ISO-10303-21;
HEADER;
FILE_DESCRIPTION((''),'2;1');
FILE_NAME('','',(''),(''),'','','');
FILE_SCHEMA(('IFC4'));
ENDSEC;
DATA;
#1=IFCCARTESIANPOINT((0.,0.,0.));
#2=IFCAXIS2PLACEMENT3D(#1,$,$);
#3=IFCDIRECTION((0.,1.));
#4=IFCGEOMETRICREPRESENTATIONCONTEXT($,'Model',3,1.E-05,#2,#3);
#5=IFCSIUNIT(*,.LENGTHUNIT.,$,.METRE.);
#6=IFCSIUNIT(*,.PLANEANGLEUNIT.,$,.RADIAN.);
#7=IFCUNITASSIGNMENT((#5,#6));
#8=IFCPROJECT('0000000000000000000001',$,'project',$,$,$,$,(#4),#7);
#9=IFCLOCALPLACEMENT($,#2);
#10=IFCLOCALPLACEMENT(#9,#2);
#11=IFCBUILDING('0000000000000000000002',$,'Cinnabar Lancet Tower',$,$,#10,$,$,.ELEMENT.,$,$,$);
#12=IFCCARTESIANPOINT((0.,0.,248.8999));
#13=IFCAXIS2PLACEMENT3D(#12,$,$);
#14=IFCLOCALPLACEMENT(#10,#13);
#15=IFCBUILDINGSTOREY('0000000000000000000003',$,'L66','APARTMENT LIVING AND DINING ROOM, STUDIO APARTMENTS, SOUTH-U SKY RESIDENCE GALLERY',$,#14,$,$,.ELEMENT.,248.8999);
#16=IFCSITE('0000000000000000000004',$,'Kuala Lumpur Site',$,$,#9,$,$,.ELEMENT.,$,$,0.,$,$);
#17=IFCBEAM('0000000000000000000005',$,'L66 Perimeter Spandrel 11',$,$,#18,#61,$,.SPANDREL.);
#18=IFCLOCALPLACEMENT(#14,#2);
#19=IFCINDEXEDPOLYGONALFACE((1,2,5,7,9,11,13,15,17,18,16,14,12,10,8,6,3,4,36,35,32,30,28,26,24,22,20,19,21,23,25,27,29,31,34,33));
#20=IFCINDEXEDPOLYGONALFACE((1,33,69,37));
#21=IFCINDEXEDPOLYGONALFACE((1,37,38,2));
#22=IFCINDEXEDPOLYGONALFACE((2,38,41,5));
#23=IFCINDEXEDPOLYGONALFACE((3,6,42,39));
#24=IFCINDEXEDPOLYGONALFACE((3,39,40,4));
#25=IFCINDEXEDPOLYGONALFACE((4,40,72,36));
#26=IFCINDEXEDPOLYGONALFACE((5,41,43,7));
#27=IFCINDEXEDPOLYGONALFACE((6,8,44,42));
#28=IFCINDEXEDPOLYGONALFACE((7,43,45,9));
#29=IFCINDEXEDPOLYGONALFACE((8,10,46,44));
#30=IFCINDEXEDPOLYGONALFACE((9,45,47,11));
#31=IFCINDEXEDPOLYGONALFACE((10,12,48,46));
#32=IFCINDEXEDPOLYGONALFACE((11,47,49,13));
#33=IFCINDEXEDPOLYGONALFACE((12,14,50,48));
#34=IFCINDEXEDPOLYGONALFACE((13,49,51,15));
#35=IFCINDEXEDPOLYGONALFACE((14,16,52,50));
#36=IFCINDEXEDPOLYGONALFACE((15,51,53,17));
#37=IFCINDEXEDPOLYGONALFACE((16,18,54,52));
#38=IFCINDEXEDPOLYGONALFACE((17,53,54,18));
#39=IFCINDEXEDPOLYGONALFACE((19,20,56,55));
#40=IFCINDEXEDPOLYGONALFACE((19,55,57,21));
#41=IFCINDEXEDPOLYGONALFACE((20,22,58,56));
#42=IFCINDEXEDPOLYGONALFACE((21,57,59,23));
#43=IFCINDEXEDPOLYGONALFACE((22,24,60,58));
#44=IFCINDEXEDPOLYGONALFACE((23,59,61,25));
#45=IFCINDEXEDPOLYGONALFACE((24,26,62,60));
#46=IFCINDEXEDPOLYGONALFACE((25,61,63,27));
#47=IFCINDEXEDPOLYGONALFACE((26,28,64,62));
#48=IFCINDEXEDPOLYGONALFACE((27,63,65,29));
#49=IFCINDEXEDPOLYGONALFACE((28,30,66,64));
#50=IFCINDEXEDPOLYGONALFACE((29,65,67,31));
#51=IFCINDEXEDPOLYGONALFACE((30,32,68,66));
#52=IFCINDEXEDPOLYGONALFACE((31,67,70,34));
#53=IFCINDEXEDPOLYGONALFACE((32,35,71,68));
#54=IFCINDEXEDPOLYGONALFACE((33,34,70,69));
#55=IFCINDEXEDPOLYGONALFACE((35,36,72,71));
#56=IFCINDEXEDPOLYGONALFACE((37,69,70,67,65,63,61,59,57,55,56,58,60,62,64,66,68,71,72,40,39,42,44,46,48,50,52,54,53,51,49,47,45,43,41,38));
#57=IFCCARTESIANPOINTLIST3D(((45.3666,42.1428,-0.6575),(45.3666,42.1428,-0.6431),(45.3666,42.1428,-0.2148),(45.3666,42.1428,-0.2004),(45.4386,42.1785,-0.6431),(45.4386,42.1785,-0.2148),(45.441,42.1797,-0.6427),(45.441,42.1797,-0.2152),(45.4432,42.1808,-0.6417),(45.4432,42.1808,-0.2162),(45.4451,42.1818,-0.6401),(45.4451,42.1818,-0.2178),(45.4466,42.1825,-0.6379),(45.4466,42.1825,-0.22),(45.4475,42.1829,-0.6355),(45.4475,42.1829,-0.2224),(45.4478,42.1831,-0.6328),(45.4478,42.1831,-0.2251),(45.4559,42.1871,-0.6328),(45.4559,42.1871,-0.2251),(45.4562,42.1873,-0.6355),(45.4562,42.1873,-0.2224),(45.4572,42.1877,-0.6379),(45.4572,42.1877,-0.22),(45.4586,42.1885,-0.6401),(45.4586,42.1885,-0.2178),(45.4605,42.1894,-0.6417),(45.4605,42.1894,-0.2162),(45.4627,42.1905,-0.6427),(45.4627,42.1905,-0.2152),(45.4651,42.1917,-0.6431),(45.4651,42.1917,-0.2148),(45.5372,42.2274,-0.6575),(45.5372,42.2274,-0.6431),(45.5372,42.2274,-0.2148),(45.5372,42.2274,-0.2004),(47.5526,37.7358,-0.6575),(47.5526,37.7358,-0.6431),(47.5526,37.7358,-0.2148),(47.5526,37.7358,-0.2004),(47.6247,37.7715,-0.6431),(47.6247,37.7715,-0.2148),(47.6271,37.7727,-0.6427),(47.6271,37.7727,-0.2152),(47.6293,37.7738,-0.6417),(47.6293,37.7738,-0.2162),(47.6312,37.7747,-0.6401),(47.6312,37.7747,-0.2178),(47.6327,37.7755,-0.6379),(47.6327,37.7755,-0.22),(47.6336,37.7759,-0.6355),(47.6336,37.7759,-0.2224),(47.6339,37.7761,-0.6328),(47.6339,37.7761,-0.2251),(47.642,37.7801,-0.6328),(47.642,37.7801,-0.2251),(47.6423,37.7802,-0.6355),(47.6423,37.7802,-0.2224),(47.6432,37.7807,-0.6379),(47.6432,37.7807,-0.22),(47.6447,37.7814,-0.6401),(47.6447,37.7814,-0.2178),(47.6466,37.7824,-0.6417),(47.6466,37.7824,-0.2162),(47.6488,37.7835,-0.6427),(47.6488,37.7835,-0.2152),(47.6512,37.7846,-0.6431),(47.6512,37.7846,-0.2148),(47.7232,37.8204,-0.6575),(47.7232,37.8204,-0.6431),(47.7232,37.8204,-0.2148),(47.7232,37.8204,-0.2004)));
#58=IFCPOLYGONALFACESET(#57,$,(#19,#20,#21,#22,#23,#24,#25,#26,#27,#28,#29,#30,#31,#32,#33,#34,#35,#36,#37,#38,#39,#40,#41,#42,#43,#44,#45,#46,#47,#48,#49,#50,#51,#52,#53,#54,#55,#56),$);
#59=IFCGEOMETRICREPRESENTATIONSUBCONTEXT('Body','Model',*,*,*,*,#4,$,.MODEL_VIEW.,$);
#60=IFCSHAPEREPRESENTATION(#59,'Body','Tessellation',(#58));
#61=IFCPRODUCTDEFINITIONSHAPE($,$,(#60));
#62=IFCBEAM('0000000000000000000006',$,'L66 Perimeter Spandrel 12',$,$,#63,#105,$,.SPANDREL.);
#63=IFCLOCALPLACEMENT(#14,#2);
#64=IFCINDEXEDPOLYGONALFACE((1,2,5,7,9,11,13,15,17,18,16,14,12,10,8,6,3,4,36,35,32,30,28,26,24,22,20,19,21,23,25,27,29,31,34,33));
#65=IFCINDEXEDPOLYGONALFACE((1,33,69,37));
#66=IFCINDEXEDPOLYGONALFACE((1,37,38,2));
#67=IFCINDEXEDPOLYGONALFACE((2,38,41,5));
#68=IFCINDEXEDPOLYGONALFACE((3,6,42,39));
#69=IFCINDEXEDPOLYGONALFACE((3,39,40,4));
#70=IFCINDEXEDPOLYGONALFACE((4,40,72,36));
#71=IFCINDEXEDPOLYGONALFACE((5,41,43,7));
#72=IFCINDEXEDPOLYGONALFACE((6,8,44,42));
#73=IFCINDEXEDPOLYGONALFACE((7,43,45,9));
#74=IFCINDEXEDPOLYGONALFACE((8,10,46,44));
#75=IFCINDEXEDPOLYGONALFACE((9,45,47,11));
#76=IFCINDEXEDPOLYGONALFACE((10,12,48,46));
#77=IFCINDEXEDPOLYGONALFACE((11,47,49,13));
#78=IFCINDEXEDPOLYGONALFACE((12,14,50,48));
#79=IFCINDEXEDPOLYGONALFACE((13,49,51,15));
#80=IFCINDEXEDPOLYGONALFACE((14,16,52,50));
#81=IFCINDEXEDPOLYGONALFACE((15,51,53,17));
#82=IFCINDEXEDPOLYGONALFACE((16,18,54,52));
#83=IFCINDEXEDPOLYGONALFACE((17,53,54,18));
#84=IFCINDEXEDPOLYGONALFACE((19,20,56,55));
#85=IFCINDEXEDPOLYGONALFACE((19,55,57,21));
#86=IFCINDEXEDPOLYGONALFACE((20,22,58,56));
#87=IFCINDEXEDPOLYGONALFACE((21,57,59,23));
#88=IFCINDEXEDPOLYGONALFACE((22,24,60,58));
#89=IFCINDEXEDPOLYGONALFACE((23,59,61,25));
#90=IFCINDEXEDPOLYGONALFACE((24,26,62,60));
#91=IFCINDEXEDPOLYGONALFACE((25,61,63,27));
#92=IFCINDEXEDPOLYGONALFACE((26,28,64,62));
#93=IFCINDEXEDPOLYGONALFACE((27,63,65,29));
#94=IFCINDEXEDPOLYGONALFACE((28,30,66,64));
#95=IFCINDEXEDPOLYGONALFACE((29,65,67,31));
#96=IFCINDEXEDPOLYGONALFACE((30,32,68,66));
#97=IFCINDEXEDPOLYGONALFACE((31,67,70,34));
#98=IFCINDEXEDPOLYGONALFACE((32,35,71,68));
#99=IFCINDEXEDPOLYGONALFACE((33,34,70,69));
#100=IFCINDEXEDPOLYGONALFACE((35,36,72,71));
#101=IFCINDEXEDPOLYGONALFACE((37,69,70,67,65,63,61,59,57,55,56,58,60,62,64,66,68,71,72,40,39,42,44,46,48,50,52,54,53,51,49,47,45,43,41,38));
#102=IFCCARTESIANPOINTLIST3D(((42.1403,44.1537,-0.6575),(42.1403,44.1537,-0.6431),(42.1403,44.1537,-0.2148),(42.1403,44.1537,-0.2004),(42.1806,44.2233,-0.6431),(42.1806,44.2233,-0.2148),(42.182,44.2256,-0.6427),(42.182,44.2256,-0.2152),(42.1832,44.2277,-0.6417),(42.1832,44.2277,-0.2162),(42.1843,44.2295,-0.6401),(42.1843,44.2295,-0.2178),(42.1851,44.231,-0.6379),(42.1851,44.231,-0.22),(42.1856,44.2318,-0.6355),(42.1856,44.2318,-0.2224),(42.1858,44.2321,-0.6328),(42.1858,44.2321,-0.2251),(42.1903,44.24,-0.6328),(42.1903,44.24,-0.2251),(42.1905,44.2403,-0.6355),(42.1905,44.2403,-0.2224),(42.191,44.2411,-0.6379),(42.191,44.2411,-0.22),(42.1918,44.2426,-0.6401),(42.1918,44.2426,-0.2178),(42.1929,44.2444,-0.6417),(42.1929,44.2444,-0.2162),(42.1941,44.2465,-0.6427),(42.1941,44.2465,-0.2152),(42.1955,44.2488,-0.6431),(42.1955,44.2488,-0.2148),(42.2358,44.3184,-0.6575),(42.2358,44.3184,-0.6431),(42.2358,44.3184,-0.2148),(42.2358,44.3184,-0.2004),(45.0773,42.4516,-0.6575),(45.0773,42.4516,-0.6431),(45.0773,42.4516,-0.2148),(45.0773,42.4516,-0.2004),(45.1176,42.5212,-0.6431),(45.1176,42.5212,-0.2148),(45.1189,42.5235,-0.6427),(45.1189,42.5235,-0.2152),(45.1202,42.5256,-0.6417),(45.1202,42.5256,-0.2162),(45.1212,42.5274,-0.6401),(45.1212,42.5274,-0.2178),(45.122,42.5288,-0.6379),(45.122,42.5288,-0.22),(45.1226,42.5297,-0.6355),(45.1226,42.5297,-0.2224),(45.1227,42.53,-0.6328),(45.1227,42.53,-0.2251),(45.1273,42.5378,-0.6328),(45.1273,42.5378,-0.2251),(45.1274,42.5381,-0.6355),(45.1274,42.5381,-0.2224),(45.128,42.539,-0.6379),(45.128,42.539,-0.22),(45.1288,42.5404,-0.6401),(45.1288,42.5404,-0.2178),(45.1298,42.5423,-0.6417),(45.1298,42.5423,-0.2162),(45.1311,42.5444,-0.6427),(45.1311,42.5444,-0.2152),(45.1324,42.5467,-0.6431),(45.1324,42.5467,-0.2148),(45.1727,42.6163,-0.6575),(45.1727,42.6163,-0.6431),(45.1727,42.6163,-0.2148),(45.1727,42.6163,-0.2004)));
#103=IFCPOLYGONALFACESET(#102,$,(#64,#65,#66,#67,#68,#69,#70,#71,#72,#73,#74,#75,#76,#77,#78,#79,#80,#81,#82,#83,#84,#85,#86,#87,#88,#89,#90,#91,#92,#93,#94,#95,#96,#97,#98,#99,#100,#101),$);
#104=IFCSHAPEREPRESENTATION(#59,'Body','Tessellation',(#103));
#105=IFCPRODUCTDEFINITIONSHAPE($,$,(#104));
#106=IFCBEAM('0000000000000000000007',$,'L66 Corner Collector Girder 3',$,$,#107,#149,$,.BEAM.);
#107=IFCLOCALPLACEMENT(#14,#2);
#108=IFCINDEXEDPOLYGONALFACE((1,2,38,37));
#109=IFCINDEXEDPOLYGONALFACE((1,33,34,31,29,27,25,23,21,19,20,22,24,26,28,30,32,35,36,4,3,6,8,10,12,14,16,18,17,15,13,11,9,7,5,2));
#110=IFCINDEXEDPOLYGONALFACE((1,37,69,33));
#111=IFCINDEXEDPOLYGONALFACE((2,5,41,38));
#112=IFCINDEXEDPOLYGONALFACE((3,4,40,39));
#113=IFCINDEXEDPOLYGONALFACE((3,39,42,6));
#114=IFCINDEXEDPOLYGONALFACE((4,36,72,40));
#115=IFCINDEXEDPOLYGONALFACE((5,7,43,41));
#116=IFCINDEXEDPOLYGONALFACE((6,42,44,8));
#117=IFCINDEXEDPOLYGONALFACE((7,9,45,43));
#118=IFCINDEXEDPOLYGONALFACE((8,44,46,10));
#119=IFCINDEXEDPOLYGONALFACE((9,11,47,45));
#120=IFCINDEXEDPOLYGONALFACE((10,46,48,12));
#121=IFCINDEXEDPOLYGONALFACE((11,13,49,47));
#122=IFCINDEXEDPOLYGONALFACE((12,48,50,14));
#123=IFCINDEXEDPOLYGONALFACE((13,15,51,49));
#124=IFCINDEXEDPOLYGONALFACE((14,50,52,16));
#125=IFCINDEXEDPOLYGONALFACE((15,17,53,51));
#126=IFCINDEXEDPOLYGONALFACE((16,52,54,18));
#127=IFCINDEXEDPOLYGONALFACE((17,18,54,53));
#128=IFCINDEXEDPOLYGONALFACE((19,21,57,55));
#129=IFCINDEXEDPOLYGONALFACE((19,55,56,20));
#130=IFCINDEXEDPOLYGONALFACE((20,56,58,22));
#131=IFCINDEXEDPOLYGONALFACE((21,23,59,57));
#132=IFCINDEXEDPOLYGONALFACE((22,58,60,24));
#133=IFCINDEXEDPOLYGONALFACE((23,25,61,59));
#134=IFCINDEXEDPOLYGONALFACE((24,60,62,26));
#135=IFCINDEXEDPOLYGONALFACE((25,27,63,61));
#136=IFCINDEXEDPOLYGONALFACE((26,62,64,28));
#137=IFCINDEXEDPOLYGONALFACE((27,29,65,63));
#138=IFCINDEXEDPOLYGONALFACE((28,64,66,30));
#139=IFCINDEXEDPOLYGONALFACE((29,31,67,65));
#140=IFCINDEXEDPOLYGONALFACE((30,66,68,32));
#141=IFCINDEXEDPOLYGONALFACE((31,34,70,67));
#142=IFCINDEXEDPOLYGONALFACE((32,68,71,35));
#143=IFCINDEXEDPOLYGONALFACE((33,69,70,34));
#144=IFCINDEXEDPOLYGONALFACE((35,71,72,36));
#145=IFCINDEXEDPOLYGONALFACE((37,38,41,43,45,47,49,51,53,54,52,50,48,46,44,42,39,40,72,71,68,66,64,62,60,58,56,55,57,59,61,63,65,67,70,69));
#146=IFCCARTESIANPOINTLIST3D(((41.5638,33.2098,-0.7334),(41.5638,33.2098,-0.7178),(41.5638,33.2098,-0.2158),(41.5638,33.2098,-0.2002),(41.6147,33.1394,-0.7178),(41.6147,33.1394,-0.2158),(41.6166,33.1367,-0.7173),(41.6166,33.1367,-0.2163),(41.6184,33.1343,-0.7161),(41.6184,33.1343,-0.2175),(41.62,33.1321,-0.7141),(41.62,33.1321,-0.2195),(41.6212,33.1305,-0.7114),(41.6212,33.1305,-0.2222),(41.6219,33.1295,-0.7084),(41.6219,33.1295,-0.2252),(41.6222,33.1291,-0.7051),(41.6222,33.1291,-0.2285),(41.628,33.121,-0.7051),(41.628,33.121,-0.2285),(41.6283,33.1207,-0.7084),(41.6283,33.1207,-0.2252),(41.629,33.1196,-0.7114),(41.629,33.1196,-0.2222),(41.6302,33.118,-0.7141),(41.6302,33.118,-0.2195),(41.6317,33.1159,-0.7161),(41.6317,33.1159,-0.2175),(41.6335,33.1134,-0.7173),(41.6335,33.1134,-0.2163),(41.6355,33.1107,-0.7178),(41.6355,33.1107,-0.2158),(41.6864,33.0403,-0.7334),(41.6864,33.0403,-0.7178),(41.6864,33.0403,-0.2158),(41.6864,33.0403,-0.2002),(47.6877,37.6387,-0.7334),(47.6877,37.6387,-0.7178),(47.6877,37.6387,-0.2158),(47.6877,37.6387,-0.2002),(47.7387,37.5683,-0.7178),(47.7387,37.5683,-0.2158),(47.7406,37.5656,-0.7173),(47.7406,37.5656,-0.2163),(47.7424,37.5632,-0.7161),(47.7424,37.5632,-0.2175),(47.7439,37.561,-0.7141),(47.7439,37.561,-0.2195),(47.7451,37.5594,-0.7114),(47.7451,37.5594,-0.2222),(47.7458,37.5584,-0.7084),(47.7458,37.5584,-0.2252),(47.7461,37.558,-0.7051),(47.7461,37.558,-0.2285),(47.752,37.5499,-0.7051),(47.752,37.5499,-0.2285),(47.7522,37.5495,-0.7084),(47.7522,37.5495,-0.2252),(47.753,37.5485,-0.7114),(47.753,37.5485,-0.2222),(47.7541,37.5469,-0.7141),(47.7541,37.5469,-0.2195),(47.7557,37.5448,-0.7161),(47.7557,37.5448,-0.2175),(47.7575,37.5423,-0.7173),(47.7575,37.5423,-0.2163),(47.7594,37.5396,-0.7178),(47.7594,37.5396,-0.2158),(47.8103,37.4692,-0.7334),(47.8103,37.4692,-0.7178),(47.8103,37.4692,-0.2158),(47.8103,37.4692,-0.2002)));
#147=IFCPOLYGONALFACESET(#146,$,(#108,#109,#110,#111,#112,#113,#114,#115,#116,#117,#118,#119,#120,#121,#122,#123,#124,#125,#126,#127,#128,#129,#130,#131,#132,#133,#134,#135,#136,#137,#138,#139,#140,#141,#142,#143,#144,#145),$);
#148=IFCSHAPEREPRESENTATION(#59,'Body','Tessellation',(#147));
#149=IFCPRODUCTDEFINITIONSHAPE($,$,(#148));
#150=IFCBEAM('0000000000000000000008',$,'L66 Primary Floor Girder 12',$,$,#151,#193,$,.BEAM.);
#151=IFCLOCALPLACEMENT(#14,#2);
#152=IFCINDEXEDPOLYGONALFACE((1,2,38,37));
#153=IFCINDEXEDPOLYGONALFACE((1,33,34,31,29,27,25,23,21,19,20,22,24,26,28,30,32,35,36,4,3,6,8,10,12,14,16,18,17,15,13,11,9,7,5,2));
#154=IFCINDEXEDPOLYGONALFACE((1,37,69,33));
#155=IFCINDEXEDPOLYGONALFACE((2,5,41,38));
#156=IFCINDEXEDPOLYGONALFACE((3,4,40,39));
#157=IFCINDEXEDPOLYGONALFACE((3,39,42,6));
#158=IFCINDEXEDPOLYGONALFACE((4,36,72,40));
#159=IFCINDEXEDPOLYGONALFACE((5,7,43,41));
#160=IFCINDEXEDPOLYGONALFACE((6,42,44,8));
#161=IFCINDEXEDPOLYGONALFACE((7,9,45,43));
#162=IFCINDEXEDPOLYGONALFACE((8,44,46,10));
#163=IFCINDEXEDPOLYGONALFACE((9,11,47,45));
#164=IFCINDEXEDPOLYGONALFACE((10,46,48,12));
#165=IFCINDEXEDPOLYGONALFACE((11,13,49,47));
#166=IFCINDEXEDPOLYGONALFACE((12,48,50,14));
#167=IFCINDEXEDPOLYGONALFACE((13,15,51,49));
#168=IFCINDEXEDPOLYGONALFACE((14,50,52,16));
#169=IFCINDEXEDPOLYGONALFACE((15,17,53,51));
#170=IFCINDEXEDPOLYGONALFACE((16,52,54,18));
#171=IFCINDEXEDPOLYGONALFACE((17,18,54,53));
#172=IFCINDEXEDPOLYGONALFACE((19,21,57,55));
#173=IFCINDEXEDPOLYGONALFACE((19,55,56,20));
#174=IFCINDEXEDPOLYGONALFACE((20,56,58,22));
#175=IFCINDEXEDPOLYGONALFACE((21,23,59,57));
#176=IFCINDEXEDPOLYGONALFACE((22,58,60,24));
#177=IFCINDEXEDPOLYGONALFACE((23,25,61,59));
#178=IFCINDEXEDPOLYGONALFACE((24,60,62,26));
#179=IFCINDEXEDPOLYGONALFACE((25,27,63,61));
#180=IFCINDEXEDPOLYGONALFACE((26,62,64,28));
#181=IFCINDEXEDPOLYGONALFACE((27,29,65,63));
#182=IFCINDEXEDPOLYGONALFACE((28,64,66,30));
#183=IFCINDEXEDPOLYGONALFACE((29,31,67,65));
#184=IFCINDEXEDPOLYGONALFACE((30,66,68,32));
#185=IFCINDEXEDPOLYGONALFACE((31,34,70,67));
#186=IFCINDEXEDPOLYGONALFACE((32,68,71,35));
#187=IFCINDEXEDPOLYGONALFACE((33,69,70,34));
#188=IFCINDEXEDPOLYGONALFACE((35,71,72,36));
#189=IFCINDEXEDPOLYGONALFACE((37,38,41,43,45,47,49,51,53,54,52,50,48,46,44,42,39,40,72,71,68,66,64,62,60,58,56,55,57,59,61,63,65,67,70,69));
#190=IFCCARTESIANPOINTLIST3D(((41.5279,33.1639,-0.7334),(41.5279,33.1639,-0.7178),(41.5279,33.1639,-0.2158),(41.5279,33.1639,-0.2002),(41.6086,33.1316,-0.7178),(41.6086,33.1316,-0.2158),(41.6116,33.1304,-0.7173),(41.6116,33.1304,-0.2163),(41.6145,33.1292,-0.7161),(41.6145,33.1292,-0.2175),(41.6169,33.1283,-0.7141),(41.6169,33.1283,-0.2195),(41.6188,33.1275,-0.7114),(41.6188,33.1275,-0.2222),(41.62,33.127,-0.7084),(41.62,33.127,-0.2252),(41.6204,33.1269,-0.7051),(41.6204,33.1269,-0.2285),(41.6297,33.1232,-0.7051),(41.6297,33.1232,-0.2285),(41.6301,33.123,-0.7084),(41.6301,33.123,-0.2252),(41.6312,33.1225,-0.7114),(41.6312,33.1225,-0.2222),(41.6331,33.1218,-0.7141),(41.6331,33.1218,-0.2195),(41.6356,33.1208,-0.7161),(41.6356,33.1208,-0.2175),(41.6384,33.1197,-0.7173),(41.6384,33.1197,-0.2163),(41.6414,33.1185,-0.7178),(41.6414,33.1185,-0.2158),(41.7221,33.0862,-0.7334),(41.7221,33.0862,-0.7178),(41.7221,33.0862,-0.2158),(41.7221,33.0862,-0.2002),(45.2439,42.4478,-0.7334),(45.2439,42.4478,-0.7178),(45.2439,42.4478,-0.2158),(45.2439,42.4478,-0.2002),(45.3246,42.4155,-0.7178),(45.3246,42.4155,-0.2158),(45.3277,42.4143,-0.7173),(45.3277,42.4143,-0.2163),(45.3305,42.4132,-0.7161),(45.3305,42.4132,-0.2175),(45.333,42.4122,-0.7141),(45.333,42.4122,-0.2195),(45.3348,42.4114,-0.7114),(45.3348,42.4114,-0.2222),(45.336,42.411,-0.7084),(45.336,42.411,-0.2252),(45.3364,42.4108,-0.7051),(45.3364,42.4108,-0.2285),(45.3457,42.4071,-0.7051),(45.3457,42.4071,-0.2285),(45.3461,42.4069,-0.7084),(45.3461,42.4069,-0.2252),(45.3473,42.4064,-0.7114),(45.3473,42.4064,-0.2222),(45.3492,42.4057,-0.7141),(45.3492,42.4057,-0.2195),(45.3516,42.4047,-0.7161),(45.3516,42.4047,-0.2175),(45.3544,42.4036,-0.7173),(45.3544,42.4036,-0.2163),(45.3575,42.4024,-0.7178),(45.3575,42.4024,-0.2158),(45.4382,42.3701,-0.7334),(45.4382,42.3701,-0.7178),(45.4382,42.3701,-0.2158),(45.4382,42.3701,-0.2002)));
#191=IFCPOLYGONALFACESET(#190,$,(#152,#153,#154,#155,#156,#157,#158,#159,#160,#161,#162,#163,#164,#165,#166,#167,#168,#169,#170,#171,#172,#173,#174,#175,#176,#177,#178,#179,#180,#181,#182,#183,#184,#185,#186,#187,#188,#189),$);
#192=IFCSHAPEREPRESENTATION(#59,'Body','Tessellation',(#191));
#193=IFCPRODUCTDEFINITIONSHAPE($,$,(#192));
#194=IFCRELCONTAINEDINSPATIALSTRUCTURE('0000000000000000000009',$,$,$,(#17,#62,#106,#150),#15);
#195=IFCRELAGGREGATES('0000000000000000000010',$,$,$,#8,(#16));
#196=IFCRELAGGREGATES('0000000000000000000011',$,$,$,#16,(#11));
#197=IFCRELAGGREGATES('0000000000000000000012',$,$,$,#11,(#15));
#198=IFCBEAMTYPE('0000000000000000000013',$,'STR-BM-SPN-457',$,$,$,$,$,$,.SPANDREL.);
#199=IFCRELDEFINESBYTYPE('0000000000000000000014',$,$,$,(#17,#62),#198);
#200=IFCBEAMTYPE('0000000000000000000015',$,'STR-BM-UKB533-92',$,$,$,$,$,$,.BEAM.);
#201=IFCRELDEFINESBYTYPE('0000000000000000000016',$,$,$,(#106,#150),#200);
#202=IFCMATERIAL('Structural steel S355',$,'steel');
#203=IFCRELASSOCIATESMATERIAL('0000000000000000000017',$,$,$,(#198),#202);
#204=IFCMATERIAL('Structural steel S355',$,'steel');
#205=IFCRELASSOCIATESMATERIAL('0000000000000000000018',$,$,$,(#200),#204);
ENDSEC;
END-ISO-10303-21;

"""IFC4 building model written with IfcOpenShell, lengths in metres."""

from ifc_helpers import new_model, si_unit, direction, frame, origin, origin_2d, place, context, subcontext, project, spatial, i_section, extrude, material, material_profile, profile_set, type_object, element, save


model = new_model("IFC4")

# Units and contexts
model_context = context("Model", 3, precision=1e-05, world=origin(), true_north=direction((0.0, 1.0)))
body_context = subcontext(model_context, "Body", "Model", "MODEL_VIEW")
ifc_project = project(units=[si_unit("LENGTHUNIT", "METRE"), si_unit("PLANEANGLEUNIT", "RADIAN")], contexts=[model_context])

# Site, building, storey
site_placement = place(None, origin())
site = spatial("IfcSite", under=ifc_project, at=site_placement, Name="Kuala Lumpur Site", CompositionType="ELEMENT", RefElevation=0.0)
building_placement = place(site_placement, origin())
building = spatial("IfcBuilding", under=site, at=building_placement, Name="Cinnabar Lancet Tower", CompositionType="ELEMENT")
storey_placement = place(building_placement, frame((0.0, 0.0, 248.8999)))
storey = spatial("IfcBuildingStorey", under=building, at=storey_placement, Name="L66", Description="APARTMENT LIVING AND DINING ROOM, STUDIO APARTMENTS, SOUTH-U SKY RESIDENCE GALLERY", CompositionType="ELEMENT", Elevation=248.8999)

# Beams
ifc_material_1 = material(Name="Structural steel S355", Category="steel")
ifc_material_profile_1 = material_profile(ifc_material_1, i_section(OverallWidth=0.1904, OverallDepth=0.457, WebThickness=0.009, FlangeThickness=0.0144, FilletRadius=0.0103, at=origin_2d()), Name="UKB 457x191x74")
ifc_profile_set_1 = profile_set([ifc_material_profile_1], Name="Structural steel S355")
beam_type_1 = type_object("IfcBeamType", Name="STR-BM-SPN-457", PredefinedType="SPANDREL", material=ifc_profile_set_1)
beam_1_placement = place(storey_placement, frame((47.6379, 37.7781, -0.429), z_axis=(-0.444373, 0.895842, 0.0), x_axis=(-0.895842, -0.444373, 0.0)))
element("IfcBeam", 1, at=beam_1_placement, inside=storey, type_object=beam_type_1, Name="L66 Perimeter Spandrel 11", PredefinedType="SPANDREL", context=body_context, shape_type="SweptSolid", body=[
    extrude(i_section(OverallWidth=0.1904, OverallDepth=0.457, WebThickness=0.009, FlangeThickness=0.0144, FilletRadius=0.0103, at=origin_2d()), origin(), (0.0, 0.0, 1.0), 4.9194),
])
beam_2_placement = place(storey_placement, frame((45.125, 42.5339, -0.429), z_axis=(-0.8652, 0.501427, 0.0), x_axis=(-0.501427, -0.8652, 0.0)))
element("IfcBeam", 2, at=beam_2_placement, inside=storey, type_object=beam_type_1, Name="L66 Perimeter Spandrel 12", PredefinedType="SPANDREL", context=body_context, shape_type="SweptSolid", body=[
    extrude(i_section(OverallWidth=0.1904, OverallDepth=0.457, WebThickness=0.009, FlangeThickness=0.0144, FilletRadius=0.0103, at=origin_2d()), origin(), (0.0, 0.0, 1.0), 3.3945),
])
ifc_material_2 = material(Name="Structural steel S355", Category="steel")
ifc_material_profile_2 = material_profile(ifc_material_2, i_section(OverallWidth=0.2092, OverallDepth=0.5332, WebThickness=0.01, FlangeThickness=0.0156, FilletRadius=0.0127, at=origin_2d()), Name="UKB 533x210x92")
ifc_profile_set_2 = profile_set([ifc_material_profile_2], Name="Structural steel S355")
beam_type_2 = type_object("IfcBeamType", Name="STR-BM-UKB533-92", PredefinedType="BEAM", material=ifc_profile_set_2)
beam_3_placement = place(storey_placement, frame((47.749, 37.554, -0.4668), z_axis=(-0.810299, -0.586016, 0.0), x_axis=(0.586016, -0.810299, 0.0)))
element("IfcBeam", 3, at=beam_3_placement, inside=storey, type_object=beam_type_2, Name="L66 Corner Collector Girder 3", PredefinedType="BEAM", context=body_context, shape_type="SweptSolid", body=[
    extrude(i_section(OverallWidth=0.2092, OverallDepth=0.5332, WebThickness=0.01, FlangeThickness=0.0156, FilletRadius=0.0127, at=origin_2d()), origin(), (0.0, 0.0, 1.0), 7.5576),
])
beam_4_placement = place(storey_placement, frame((45.3411, 42.4089, -0.4668), z_axis=(-0.371605, -0.928391, 0.0), x_axis=(0.928391, -0.371605, 0.0)))
element("IfcBeam", 4, at=beam_4_placement, inside=storey, type_object=beam_type_2, Name="L66 Primary Floor Girder 12", PredefinedType="BEAM", context=body_context, shape_type="SweptSolid", body=[
    extrude(i_section(OverallWidth=0.2092, OverallDepth=0.5332, WebThickness=0.01, FlangeThickness=0.0156, FilletRadius=0.0127, at=origin_2d()), origin(), (0.0, 0.0, 1.0), 10.0),
])

save(model, "model.ifc")
